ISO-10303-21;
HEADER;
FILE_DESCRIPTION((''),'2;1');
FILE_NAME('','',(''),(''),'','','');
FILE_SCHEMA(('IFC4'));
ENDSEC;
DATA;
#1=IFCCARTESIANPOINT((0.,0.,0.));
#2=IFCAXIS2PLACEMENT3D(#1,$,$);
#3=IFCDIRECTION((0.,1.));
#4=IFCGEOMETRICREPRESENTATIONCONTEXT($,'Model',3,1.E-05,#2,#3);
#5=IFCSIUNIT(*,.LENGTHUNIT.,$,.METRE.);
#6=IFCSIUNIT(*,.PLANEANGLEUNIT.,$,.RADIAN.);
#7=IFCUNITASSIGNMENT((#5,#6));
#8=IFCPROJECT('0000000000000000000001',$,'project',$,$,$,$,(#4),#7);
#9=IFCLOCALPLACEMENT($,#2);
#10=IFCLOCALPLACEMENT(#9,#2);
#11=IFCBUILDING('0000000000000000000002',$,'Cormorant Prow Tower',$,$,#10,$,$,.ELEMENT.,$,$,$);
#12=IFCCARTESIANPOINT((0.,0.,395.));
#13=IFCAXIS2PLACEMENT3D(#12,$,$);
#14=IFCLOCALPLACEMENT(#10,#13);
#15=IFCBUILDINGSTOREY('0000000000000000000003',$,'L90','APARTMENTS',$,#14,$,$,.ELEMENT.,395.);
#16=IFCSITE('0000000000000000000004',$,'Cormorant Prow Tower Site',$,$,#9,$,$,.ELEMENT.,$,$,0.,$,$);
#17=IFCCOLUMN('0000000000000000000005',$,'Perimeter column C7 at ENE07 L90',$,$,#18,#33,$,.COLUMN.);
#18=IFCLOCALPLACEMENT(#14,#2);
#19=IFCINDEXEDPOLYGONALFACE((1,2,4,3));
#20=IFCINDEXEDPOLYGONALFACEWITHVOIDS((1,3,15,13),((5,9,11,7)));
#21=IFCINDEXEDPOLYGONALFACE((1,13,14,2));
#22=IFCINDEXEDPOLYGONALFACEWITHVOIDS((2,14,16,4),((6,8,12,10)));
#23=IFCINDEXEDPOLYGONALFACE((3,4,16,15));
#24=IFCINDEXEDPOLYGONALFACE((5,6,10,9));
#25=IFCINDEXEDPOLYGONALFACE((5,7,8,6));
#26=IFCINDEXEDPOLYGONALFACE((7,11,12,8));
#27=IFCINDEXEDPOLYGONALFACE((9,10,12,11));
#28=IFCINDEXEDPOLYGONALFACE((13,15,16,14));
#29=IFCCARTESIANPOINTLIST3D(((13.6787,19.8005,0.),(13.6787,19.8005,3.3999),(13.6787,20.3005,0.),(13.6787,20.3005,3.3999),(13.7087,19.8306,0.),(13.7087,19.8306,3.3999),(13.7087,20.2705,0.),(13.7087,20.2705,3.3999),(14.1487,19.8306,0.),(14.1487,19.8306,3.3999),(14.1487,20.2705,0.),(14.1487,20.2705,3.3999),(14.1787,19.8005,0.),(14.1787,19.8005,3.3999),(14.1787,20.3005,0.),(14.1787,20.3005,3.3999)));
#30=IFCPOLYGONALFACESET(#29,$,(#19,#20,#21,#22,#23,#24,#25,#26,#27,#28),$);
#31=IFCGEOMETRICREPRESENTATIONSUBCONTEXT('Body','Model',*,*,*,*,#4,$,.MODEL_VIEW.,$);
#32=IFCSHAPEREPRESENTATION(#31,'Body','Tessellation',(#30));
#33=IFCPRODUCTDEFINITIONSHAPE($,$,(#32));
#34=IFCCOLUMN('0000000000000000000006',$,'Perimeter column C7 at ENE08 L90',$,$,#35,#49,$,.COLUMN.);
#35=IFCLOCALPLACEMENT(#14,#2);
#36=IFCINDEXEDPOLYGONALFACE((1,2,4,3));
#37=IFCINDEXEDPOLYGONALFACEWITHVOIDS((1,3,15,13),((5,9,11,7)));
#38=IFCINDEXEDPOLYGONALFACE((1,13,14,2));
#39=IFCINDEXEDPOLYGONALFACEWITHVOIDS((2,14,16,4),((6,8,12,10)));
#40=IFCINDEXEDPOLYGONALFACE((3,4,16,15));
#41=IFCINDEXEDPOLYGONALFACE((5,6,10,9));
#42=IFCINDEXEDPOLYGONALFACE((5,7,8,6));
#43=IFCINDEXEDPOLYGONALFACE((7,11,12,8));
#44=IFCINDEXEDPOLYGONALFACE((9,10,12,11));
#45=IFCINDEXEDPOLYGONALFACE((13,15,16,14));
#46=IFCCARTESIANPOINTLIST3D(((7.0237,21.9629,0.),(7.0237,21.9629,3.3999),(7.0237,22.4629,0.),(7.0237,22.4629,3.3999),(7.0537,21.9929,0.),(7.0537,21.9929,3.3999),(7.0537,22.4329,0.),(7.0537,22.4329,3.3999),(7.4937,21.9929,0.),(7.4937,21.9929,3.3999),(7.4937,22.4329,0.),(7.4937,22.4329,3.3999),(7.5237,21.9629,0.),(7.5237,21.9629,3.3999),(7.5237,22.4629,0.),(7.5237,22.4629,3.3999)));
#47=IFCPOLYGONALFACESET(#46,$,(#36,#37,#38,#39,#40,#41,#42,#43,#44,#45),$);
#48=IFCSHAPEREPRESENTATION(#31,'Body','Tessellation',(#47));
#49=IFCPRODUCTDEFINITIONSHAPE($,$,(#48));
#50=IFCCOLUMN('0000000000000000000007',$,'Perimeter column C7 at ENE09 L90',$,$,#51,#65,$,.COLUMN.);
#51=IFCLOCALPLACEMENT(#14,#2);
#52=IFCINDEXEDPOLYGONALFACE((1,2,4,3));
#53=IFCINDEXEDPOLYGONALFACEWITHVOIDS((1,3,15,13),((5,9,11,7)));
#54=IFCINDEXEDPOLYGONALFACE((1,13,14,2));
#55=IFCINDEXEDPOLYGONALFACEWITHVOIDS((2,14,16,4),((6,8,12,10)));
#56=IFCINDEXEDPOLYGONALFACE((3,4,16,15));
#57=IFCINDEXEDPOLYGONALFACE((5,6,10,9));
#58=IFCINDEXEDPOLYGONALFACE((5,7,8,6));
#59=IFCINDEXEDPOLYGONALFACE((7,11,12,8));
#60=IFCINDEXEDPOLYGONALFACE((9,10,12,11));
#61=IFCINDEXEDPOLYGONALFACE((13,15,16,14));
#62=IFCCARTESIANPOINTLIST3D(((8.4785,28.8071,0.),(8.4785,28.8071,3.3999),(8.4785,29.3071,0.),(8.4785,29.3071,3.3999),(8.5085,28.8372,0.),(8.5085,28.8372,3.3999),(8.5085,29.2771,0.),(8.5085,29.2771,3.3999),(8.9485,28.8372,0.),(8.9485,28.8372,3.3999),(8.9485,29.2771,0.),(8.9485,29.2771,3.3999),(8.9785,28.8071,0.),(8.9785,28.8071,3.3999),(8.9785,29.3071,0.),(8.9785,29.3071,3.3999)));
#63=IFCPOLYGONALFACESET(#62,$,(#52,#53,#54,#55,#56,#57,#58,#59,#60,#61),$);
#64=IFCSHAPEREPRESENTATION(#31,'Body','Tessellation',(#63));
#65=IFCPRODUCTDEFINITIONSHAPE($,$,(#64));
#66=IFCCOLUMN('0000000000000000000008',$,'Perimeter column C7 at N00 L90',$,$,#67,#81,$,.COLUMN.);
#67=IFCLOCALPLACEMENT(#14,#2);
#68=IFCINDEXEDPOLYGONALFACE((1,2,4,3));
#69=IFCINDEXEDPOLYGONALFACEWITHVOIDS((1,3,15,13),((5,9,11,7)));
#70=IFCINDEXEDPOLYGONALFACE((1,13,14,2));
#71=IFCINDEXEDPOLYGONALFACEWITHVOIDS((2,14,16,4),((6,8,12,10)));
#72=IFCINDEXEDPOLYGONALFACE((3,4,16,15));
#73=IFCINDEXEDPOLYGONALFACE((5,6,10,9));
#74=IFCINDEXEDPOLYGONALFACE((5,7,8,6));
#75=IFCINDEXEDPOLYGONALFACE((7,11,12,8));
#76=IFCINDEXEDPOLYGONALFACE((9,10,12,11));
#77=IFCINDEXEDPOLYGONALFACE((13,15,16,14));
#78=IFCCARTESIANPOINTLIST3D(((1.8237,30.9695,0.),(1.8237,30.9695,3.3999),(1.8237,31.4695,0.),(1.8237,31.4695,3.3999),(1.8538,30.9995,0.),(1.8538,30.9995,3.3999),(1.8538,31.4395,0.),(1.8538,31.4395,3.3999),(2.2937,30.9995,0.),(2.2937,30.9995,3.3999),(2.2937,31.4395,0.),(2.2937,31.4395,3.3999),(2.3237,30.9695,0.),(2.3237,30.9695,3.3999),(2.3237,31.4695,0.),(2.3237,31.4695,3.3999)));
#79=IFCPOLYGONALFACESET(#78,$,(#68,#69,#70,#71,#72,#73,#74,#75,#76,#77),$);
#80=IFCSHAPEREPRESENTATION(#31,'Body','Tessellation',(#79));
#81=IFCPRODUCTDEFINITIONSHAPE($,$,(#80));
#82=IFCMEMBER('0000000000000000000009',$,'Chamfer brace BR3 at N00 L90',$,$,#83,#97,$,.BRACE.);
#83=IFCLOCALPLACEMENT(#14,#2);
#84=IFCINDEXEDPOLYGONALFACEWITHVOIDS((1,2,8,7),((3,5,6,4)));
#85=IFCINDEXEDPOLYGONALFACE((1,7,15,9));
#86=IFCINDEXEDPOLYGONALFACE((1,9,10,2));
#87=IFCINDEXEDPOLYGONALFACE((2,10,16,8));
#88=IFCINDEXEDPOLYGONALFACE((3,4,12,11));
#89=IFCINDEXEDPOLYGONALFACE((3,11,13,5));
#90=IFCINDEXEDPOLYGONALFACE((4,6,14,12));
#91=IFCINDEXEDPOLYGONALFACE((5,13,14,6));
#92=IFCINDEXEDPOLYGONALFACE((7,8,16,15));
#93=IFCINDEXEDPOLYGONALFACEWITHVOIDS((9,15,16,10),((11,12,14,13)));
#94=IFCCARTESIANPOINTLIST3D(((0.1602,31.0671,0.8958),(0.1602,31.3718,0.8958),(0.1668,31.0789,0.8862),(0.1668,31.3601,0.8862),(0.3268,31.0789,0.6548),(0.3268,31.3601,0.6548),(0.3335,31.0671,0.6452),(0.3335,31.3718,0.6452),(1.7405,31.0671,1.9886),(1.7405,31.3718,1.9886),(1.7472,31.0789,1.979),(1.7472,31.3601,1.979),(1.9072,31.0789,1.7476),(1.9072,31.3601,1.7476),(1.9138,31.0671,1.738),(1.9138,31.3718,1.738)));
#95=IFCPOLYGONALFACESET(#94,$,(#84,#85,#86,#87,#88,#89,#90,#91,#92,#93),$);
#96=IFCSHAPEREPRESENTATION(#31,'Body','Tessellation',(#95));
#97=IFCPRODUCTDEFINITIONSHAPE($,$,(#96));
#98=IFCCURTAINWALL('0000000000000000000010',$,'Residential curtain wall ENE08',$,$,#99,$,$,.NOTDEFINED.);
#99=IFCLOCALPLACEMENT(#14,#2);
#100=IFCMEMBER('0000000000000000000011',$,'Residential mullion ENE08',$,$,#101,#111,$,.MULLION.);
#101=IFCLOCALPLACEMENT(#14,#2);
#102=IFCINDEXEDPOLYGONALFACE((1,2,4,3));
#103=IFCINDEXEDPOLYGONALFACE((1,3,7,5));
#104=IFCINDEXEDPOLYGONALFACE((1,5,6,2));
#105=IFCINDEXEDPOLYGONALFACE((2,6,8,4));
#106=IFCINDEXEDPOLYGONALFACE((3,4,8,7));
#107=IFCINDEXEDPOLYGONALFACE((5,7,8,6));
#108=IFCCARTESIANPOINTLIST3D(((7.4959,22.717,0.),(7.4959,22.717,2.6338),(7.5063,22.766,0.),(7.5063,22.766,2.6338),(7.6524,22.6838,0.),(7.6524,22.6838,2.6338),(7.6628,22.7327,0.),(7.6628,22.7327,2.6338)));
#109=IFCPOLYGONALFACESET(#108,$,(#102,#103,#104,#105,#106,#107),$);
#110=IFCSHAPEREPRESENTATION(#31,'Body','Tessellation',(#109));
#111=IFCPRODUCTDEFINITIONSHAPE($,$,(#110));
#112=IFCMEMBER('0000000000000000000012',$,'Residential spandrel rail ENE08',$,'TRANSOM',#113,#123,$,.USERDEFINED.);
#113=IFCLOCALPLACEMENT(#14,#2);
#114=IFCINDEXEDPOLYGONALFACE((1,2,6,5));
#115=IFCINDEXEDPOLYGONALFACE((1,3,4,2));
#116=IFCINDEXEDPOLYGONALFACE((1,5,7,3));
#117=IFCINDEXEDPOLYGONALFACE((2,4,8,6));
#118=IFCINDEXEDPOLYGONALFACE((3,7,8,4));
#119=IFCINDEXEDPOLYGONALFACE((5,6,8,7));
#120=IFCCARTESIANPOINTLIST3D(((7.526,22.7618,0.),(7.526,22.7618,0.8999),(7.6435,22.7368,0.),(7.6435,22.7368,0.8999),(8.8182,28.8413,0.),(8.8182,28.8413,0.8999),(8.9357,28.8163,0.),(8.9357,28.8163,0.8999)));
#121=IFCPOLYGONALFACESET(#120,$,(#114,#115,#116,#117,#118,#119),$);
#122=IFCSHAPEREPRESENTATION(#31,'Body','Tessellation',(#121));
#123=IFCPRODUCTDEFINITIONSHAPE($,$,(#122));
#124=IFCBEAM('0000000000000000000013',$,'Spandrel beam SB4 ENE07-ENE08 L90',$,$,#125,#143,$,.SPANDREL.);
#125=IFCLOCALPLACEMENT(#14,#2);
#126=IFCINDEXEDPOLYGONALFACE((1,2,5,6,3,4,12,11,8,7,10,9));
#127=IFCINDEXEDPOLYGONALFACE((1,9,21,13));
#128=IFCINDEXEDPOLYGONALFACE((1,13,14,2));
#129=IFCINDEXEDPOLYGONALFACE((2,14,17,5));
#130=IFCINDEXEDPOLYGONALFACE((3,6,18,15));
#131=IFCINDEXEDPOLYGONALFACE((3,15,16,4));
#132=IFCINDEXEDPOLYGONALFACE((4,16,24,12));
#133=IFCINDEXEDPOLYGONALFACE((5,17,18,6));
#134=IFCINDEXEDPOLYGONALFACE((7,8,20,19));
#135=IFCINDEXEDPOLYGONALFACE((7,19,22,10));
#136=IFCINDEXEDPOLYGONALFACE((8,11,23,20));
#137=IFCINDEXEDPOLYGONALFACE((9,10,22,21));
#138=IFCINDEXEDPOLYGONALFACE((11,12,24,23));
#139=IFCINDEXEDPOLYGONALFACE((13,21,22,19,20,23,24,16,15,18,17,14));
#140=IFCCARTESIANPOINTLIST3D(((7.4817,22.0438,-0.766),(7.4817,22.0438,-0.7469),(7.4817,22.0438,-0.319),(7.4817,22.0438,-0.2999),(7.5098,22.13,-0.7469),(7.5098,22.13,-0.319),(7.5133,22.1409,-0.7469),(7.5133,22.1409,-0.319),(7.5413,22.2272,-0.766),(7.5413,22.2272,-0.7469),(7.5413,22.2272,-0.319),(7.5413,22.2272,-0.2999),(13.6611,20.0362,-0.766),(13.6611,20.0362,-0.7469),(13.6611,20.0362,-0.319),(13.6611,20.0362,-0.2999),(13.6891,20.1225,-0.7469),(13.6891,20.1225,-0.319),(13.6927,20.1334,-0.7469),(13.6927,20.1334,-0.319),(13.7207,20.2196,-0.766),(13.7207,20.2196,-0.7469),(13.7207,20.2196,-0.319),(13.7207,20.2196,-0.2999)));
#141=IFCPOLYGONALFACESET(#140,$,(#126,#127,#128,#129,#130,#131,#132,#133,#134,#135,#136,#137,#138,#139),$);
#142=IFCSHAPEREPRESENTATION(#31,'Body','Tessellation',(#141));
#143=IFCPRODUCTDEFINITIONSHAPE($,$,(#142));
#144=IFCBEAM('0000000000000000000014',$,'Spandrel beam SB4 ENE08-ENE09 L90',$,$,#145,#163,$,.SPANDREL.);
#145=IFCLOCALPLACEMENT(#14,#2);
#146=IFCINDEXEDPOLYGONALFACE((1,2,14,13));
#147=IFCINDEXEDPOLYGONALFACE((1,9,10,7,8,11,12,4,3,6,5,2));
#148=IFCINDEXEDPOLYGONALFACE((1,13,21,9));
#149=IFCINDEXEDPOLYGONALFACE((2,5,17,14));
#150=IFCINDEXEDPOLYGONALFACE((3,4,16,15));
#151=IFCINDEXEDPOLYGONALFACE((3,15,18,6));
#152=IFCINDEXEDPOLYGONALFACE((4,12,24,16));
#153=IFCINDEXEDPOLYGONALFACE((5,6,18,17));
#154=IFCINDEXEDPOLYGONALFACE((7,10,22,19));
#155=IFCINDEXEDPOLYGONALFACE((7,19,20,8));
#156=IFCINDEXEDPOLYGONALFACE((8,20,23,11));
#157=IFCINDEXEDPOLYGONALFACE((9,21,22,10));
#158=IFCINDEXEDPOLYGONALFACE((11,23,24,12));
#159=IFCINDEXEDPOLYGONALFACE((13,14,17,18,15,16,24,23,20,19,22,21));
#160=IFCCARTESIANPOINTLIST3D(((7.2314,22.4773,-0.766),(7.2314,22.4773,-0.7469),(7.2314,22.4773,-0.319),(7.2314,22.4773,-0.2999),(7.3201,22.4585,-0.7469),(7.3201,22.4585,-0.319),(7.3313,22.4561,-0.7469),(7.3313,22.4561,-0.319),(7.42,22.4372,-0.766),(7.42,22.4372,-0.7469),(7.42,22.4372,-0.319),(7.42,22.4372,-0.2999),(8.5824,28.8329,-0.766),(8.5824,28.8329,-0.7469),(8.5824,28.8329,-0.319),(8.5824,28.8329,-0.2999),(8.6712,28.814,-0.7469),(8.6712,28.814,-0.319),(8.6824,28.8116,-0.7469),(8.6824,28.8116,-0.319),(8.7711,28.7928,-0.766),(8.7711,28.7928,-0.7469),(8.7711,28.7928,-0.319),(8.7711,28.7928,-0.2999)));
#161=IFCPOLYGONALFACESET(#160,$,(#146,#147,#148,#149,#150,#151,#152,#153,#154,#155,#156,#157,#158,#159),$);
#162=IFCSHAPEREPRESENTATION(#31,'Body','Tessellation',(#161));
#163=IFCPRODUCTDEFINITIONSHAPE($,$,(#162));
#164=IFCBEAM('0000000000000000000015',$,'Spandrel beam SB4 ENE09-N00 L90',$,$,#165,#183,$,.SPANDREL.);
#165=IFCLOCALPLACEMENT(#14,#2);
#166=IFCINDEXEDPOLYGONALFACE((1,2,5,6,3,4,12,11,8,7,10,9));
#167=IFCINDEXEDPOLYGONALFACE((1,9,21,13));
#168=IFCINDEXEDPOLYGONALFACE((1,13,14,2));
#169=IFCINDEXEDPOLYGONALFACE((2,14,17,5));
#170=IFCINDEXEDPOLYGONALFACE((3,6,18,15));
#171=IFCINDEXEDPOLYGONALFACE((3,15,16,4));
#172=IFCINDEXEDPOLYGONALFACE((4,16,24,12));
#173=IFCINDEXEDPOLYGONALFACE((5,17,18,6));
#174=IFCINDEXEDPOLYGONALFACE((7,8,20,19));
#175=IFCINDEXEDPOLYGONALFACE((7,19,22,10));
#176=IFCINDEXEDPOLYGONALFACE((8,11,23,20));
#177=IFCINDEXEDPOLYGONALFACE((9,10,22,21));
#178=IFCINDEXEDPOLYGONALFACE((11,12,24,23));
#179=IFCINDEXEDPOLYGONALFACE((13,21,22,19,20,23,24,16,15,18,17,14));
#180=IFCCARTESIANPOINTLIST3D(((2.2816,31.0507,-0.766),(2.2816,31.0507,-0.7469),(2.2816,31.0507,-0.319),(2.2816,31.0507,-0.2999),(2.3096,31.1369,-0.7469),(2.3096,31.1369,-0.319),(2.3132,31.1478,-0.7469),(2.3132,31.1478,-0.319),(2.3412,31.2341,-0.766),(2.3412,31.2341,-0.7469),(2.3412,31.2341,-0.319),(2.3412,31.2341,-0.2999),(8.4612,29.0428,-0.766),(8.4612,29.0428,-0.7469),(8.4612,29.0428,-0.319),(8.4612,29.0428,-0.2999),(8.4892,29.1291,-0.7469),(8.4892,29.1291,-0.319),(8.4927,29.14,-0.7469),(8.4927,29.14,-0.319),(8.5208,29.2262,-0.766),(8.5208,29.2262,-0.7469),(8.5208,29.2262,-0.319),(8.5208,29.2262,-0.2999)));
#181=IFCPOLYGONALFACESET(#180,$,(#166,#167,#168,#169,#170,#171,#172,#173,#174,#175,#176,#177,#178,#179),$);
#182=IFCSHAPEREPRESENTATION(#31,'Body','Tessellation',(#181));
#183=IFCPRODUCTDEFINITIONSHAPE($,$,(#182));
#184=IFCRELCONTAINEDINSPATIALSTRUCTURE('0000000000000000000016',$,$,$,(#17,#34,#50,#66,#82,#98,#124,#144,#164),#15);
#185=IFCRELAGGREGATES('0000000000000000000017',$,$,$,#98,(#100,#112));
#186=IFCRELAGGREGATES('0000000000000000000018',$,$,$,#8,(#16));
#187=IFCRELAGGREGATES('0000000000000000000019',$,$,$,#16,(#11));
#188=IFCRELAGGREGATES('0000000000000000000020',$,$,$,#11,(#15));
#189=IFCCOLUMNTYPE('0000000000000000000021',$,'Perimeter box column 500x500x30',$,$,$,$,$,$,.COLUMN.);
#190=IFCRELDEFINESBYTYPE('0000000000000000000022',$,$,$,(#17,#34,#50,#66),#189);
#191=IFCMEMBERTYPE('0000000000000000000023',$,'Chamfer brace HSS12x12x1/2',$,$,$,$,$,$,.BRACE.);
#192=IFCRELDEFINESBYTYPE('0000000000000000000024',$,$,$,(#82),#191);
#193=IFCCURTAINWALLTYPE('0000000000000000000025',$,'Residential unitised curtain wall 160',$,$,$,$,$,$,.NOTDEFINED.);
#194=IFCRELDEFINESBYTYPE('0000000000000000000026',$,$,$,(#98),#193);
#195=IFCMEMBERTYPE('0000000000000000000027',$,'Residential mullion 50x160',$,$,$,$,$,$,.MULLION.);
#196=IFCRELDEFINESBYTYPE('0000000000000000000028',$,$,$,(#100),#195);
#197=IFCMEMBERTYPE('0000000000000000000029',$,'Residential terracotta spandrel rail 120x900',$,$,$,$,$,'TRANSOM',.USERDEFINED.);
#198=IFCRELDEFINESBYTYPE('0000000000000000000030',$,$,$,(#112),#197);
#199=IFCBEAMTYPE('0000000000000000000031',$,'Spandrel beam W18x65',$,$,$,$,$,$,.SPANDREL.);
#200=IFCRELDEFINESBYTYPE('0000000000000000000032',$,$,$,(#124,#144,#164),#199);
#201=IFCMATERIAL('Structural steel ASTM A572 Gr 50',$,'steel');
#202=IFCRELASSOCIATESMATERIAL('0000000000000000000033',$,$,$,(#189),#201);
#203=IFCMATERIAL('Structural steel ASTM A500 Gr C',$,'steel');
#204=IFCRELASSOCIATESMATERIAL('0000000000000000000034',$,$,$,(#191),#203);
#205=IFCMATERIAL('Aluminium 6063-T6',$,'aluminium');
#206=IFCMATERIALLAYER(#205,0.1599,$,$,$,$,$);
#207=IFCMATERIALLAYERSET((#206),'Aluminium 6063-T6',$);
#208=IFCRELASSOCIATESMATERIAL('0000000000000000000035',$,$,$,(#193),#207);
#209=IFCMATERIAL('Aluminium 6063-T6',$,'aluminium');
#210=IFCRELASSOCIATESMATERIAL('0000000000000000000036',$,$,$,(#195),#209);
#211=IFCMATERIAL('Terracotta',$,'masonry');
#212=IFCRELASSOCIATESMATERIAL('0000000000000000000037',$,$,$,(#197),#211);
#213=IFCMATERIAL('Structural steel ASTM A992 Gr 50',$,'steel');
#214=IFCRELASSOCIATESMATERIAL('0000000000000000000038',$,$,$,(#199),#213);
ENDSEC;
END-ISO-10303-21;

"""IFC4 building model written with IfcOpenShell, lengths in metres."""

from ifc_helpers import new_model, si_unit, direction, frame, origin, origin_2d, place, context, subcontext, project, spatial, rectangle, hollow_rectangle, i_section, extrude, material, layer, layer_set, material_profile, profile_set, type_object, element, aggregate, save


model = new_model("IFC4")

# Units and contexts
model_context = context("Model", 3, precision=1e-05, world=origin(), true_north=direction((0.0, 1.0)))
body_context = subcontext(model_context, "Body", "Model", "MODEL_VIEW")
ifc_project = project(units=[si_unit("LENGTHUNIT", "METRE"), si_unit("PLANEANGLEUNIT", "RADIAN")], contexts=[model_context])

# Site, building, storey
site_placement = place(None, origin())
site = spatial("IfcSite", under=ifc_project, at=site_placement, Name="Cormorant Prow Tower Site", CompositionType="ELEMENT", RefElevation=0.0)
building_placement = place(site_placement, origin())
building = spatial("IfcBuilding", under=site, at=building_placement, Name="Cormorant Prow Tower", CompositionType="ELEMENT")
storey_placement = place(building_placement, frame((0.0, 0.0, 395.0)))
storey = spatial("IfcBuildingStorey", under=building, at=storey_placement, Name="L90", Description="APARTMENTS", CompositionType="ELEMENT", Elevation=395.0)

# Columns
ifc_material_1 = material(Name="Structural steel ASTM A572 Gr 50", Category="steel")
ifc_material_profile_1 = material_profile(ifc_material_1, hollow_rectangle(XDim=0.5, YDim=0.5, WallThickness=0.03, at=origin_2d()), Name="Box 500x500x30")
ifc_profile_set_1 = profile_set([ifc_material_profile_1], Name="Structural steel ASTM A572 Gr 50")
column_type = type_object("IfcColumnType", Name="Perimeter box column 500x500x30", PredefinedType="COLUMN", material=ifc_profile_set_1)
for number, where, z_axis, x_axis, name in (
    (1, (13.9287, 20.0505, 0.0), (0.0, 0.0, 1.0), (1.0, 0.0, 0.0), "Perimeter column C7 at ENE07 L90"),
    (2, (7.2737, 22.2129, 0.0), (0.0, 0.0, 1.0), (1.0, 0.0, 0.0), "Perimeter column C7 at ENE08 L90"),
    (3, (8.7285, 29.0571, 0.0), (0.0, 0.0, 1.0), (1.0, 0.0, 0.0), "Perimeter column C7 at ENE09 L90"),
    (4, (2.0737, 31.2195, 0.0), (0.0, 0.0, 1.0), (1.0, 0.0, 0.0), "Perimeter column C7 at N00 L90"),
):
    element("IfcColumn", number, at=place(storey_placement, frame(where, z_axis=z_axis, x_axis=x_axis)), inside=storey, type_object=column_type, Name=name, PredefinedType="COLUMN", context=body_context, shape_type="SweptSolid", body=[
        extrude(hollow_rectangle(XDim=0.5, YDim=0.5, WallThickness=0.03, at=origin_2d()), origin(), (0.0, 0.0, 1.0), 3.3999),
    ])

# Member
ifc_material_2 = material(Name="Structural steel ASTM A500 Gr C", Category="steel")
ifc_material_profile_2 = material_profile(ifc_material_2, hollow_rectangle(XDim=0.3047, YDim=0.3047, WallThickness=0.0117, at=origin_2d()), Name="HSS12x12x1/2")
ifc_profile_set_2 = profile_set([ifc_material_profile_2], Name="Structural steel ASTM A500 Gr C")
member_type_1 = type_object("IfcMemberType", Name="Chamfer brace HSS12x12x1/2", PredefinedType="BRACE", material=ifc_profile_set_2)
member_1_placement = place(storey_placement, frame((0.2468, 31.2195, 0.7705), z_axis=(0.822508, 0.0, 0.568754), x_axis=(0.0, 1.0, 0.0)))
element("IfcMember", 5, at=member_1_placement, inside=storey, type_object=member_type_1, Name="Chamfer brace BR3 at N00 L90", PredefinedType="BRACE", context=body_context, shape_type="SweptSolid", body=[
    extrude(hollow_rectangle(XDim=0.3047, YDim=0.3047, WallThickness=0.0117, at=origin_2d()), origin(), (0.0, 0.0, 1.0), 1.9214),
])

# Curtain wall, members
ifc_material_3 = material(Name="Aluminium 6063-T6", Category="aluminium")
ifc_layer_1 = layer(ifc_material_3, 0.1599)
ifc_layer_set_1 = layer_set([ifc_layer_1], Name="Aluminium 6063-T6")
curtain_wall_type = type_object("IfcCurtainWallType", Name="Residential unitised curtain wall 160", PredefinedType="NOTDEFINED", material=ifc_layer_set_1)
curtain_wall_1_placement = place(storey_placement, origin())
curtain_wall_1 = element("IfcCurtainWall", 6, at=curtain_wall_1_placement, inside=storey, type_object=curtain_wall_type, Name="Residential curtain wall ENE08", PredefinedType="NOTDEFINED")
ifc_material_4 = material(Name="Aluminium 6063-T6", Category="aluminium")
ifc_material_profile_3 = material_profile(ifc_material_4, rectangle(XDim=0.1599, YDim=0.05, at=origin_2d()), Name="Residential mullion 50x160")
ifc_profile_set_3 = profile_set([ifc_material_profile_3], Name="Aluminium 6063-T6")
member_type_2 = type_object("IfcMemberType", Name="Residential mullion 50x160", PredefinedType="MULLION", material=ifc_profile_set_3)
member_2_placement = place(storey_placement, frame((7.5793, 22.7249, 0.0), z_axis=(0.0, 0.0, 1.0), x_axis=(-0.978148, 0.207912, 0.0)))
member_2 = element("IfcMember", 7, at=member_2_placement, type_object=member_type_2, Name="Residential mullion ENE08", PredefinedType="MULLION", context=body_context, shape_type="SweptSolid", body=[
    extrude(rectangle(XDim=0.1599, YDim=0.05, at=origin_2d()), origin(), (0.0, 0.0, 1.0), 2.6338),
])
ifc_material_5 = material(Name="Terracotta", Category="masonry")
ifc_material_profile_4 = material_profile(ifc_material_5, rectangle(XDim=0.1201, YDim=0.8999, at=origin_2d()), Name="Residential terracotta spandrel rail 120x900")
ifc_profile_set_4 = profile_set([ifc_material_profile_4], Name="Terracotta")
member_type_3 = type_object("IfcMemberType", Name="Residential terracotta spandrel rail 120x900", ElementType="TRANSOM", PredefinedType="USERDEFINED", material=ifc_profile_set_4)
member_3_placement = place(storey_placement, frame((7.5847, 22.7493, 0.45), z_axis=(0.207909, 0.978148, 0.0), x_axis=(-0.978148, 0.207909, 0.0)))
member_3 = element("IfcMember", 8, at=member_3_placement, type_object=member_type_3, Name="Residential spandrel rail ENE08", ObjectType="TRANSOM", PredefinedType="USERDEFINED", context=body_context, shape_type="SweptSolid", body=[
    extrude(rectangle(XDim=0.1201, YDim=0.8999, at=origin_2d()), origin(), (0.0, 0.0, 1.0), 6.2153),
])

# Beams
ifc_material_6 = material(Name="Structural steel ASTM A992 Gr 50", Category="steel")
ifc_material_profile_5 = material_profile(ifc_material_6, i_section(OverallWidth=0.1929, OverallDepth=0.4661, WebThickness=0.0115, FlangeThickness=0.019, at=origin_2d()), Name="W18x65")
ifc_profile_set_5 = profile_set([ifc_material_profile_5], Name="Structural steel ASTM A992 Gr 50")
beam_type = type_object("IfcBeamType", Name="Spandrel beam W18x65", PredefinedType="SPANDREL", material=ifc_profile_set_5)
beam_1_placement = place(storey_placement, frame((13.6909, 20.1279, -0.533), z_axis=(-0.951068, 0.308982, 0.0), x_axis=(-0.308982, -0.951068, 0.0)))
element("IfcBeam", 9, at=beam_1_placement, inside=storey, type_object=beam_type, Name="Spandrel beam SB4 ENE07-ENE08 L90", PredefinedType="SPANDREL", context=body_context, shape_type="SweptSolid", body=[
    extrude(i_section(OverallWidth=0.1929, OverallDepth=0.4661, WebThickness=0.0115, FlangeThickness=0.019, at=origin_2d()), origin(), (0.0, 0.0, 1.0), 6.4973),
])
for number, where, z_axis, x_axis, name in (
    (10, (7.3257, 22.4573, -0.533), (0.207938, 0.978142, 0.0), (-0.978142, 0.207938, 0.0), "Spandrel beam SB4 ENE08-ENE09 L90"),
    (11, (8.491, 29.1345, -0.533), (-0.951057, 0.309016, 0.0), (-0.309016, -0.951057, 0.0), "Spandrel beam SB4 ENE09-N00 L90"),
):
    element("IfcBeam", number, at=place(storey_placement, frame(where, z_axis=z_axis, x_axis=x_axis)), inside=storey, type_object=beam_type, Name=name, PredefinedType="SPANDREL", context=body_context, shape_type="SweptSolid", body=[
        extrude(i_section(OverallWidth=0.1929, OverallDepth=0.4661, WebThickness=0.0115, FlangeThickness=0.019, at=origin_2d()), origin(), (0.0, 0.0, 1.0), 6.4976),
    ])

aggregate(curtain_wall_1, [member_2, member_3])

save(model, "model.ifc")
